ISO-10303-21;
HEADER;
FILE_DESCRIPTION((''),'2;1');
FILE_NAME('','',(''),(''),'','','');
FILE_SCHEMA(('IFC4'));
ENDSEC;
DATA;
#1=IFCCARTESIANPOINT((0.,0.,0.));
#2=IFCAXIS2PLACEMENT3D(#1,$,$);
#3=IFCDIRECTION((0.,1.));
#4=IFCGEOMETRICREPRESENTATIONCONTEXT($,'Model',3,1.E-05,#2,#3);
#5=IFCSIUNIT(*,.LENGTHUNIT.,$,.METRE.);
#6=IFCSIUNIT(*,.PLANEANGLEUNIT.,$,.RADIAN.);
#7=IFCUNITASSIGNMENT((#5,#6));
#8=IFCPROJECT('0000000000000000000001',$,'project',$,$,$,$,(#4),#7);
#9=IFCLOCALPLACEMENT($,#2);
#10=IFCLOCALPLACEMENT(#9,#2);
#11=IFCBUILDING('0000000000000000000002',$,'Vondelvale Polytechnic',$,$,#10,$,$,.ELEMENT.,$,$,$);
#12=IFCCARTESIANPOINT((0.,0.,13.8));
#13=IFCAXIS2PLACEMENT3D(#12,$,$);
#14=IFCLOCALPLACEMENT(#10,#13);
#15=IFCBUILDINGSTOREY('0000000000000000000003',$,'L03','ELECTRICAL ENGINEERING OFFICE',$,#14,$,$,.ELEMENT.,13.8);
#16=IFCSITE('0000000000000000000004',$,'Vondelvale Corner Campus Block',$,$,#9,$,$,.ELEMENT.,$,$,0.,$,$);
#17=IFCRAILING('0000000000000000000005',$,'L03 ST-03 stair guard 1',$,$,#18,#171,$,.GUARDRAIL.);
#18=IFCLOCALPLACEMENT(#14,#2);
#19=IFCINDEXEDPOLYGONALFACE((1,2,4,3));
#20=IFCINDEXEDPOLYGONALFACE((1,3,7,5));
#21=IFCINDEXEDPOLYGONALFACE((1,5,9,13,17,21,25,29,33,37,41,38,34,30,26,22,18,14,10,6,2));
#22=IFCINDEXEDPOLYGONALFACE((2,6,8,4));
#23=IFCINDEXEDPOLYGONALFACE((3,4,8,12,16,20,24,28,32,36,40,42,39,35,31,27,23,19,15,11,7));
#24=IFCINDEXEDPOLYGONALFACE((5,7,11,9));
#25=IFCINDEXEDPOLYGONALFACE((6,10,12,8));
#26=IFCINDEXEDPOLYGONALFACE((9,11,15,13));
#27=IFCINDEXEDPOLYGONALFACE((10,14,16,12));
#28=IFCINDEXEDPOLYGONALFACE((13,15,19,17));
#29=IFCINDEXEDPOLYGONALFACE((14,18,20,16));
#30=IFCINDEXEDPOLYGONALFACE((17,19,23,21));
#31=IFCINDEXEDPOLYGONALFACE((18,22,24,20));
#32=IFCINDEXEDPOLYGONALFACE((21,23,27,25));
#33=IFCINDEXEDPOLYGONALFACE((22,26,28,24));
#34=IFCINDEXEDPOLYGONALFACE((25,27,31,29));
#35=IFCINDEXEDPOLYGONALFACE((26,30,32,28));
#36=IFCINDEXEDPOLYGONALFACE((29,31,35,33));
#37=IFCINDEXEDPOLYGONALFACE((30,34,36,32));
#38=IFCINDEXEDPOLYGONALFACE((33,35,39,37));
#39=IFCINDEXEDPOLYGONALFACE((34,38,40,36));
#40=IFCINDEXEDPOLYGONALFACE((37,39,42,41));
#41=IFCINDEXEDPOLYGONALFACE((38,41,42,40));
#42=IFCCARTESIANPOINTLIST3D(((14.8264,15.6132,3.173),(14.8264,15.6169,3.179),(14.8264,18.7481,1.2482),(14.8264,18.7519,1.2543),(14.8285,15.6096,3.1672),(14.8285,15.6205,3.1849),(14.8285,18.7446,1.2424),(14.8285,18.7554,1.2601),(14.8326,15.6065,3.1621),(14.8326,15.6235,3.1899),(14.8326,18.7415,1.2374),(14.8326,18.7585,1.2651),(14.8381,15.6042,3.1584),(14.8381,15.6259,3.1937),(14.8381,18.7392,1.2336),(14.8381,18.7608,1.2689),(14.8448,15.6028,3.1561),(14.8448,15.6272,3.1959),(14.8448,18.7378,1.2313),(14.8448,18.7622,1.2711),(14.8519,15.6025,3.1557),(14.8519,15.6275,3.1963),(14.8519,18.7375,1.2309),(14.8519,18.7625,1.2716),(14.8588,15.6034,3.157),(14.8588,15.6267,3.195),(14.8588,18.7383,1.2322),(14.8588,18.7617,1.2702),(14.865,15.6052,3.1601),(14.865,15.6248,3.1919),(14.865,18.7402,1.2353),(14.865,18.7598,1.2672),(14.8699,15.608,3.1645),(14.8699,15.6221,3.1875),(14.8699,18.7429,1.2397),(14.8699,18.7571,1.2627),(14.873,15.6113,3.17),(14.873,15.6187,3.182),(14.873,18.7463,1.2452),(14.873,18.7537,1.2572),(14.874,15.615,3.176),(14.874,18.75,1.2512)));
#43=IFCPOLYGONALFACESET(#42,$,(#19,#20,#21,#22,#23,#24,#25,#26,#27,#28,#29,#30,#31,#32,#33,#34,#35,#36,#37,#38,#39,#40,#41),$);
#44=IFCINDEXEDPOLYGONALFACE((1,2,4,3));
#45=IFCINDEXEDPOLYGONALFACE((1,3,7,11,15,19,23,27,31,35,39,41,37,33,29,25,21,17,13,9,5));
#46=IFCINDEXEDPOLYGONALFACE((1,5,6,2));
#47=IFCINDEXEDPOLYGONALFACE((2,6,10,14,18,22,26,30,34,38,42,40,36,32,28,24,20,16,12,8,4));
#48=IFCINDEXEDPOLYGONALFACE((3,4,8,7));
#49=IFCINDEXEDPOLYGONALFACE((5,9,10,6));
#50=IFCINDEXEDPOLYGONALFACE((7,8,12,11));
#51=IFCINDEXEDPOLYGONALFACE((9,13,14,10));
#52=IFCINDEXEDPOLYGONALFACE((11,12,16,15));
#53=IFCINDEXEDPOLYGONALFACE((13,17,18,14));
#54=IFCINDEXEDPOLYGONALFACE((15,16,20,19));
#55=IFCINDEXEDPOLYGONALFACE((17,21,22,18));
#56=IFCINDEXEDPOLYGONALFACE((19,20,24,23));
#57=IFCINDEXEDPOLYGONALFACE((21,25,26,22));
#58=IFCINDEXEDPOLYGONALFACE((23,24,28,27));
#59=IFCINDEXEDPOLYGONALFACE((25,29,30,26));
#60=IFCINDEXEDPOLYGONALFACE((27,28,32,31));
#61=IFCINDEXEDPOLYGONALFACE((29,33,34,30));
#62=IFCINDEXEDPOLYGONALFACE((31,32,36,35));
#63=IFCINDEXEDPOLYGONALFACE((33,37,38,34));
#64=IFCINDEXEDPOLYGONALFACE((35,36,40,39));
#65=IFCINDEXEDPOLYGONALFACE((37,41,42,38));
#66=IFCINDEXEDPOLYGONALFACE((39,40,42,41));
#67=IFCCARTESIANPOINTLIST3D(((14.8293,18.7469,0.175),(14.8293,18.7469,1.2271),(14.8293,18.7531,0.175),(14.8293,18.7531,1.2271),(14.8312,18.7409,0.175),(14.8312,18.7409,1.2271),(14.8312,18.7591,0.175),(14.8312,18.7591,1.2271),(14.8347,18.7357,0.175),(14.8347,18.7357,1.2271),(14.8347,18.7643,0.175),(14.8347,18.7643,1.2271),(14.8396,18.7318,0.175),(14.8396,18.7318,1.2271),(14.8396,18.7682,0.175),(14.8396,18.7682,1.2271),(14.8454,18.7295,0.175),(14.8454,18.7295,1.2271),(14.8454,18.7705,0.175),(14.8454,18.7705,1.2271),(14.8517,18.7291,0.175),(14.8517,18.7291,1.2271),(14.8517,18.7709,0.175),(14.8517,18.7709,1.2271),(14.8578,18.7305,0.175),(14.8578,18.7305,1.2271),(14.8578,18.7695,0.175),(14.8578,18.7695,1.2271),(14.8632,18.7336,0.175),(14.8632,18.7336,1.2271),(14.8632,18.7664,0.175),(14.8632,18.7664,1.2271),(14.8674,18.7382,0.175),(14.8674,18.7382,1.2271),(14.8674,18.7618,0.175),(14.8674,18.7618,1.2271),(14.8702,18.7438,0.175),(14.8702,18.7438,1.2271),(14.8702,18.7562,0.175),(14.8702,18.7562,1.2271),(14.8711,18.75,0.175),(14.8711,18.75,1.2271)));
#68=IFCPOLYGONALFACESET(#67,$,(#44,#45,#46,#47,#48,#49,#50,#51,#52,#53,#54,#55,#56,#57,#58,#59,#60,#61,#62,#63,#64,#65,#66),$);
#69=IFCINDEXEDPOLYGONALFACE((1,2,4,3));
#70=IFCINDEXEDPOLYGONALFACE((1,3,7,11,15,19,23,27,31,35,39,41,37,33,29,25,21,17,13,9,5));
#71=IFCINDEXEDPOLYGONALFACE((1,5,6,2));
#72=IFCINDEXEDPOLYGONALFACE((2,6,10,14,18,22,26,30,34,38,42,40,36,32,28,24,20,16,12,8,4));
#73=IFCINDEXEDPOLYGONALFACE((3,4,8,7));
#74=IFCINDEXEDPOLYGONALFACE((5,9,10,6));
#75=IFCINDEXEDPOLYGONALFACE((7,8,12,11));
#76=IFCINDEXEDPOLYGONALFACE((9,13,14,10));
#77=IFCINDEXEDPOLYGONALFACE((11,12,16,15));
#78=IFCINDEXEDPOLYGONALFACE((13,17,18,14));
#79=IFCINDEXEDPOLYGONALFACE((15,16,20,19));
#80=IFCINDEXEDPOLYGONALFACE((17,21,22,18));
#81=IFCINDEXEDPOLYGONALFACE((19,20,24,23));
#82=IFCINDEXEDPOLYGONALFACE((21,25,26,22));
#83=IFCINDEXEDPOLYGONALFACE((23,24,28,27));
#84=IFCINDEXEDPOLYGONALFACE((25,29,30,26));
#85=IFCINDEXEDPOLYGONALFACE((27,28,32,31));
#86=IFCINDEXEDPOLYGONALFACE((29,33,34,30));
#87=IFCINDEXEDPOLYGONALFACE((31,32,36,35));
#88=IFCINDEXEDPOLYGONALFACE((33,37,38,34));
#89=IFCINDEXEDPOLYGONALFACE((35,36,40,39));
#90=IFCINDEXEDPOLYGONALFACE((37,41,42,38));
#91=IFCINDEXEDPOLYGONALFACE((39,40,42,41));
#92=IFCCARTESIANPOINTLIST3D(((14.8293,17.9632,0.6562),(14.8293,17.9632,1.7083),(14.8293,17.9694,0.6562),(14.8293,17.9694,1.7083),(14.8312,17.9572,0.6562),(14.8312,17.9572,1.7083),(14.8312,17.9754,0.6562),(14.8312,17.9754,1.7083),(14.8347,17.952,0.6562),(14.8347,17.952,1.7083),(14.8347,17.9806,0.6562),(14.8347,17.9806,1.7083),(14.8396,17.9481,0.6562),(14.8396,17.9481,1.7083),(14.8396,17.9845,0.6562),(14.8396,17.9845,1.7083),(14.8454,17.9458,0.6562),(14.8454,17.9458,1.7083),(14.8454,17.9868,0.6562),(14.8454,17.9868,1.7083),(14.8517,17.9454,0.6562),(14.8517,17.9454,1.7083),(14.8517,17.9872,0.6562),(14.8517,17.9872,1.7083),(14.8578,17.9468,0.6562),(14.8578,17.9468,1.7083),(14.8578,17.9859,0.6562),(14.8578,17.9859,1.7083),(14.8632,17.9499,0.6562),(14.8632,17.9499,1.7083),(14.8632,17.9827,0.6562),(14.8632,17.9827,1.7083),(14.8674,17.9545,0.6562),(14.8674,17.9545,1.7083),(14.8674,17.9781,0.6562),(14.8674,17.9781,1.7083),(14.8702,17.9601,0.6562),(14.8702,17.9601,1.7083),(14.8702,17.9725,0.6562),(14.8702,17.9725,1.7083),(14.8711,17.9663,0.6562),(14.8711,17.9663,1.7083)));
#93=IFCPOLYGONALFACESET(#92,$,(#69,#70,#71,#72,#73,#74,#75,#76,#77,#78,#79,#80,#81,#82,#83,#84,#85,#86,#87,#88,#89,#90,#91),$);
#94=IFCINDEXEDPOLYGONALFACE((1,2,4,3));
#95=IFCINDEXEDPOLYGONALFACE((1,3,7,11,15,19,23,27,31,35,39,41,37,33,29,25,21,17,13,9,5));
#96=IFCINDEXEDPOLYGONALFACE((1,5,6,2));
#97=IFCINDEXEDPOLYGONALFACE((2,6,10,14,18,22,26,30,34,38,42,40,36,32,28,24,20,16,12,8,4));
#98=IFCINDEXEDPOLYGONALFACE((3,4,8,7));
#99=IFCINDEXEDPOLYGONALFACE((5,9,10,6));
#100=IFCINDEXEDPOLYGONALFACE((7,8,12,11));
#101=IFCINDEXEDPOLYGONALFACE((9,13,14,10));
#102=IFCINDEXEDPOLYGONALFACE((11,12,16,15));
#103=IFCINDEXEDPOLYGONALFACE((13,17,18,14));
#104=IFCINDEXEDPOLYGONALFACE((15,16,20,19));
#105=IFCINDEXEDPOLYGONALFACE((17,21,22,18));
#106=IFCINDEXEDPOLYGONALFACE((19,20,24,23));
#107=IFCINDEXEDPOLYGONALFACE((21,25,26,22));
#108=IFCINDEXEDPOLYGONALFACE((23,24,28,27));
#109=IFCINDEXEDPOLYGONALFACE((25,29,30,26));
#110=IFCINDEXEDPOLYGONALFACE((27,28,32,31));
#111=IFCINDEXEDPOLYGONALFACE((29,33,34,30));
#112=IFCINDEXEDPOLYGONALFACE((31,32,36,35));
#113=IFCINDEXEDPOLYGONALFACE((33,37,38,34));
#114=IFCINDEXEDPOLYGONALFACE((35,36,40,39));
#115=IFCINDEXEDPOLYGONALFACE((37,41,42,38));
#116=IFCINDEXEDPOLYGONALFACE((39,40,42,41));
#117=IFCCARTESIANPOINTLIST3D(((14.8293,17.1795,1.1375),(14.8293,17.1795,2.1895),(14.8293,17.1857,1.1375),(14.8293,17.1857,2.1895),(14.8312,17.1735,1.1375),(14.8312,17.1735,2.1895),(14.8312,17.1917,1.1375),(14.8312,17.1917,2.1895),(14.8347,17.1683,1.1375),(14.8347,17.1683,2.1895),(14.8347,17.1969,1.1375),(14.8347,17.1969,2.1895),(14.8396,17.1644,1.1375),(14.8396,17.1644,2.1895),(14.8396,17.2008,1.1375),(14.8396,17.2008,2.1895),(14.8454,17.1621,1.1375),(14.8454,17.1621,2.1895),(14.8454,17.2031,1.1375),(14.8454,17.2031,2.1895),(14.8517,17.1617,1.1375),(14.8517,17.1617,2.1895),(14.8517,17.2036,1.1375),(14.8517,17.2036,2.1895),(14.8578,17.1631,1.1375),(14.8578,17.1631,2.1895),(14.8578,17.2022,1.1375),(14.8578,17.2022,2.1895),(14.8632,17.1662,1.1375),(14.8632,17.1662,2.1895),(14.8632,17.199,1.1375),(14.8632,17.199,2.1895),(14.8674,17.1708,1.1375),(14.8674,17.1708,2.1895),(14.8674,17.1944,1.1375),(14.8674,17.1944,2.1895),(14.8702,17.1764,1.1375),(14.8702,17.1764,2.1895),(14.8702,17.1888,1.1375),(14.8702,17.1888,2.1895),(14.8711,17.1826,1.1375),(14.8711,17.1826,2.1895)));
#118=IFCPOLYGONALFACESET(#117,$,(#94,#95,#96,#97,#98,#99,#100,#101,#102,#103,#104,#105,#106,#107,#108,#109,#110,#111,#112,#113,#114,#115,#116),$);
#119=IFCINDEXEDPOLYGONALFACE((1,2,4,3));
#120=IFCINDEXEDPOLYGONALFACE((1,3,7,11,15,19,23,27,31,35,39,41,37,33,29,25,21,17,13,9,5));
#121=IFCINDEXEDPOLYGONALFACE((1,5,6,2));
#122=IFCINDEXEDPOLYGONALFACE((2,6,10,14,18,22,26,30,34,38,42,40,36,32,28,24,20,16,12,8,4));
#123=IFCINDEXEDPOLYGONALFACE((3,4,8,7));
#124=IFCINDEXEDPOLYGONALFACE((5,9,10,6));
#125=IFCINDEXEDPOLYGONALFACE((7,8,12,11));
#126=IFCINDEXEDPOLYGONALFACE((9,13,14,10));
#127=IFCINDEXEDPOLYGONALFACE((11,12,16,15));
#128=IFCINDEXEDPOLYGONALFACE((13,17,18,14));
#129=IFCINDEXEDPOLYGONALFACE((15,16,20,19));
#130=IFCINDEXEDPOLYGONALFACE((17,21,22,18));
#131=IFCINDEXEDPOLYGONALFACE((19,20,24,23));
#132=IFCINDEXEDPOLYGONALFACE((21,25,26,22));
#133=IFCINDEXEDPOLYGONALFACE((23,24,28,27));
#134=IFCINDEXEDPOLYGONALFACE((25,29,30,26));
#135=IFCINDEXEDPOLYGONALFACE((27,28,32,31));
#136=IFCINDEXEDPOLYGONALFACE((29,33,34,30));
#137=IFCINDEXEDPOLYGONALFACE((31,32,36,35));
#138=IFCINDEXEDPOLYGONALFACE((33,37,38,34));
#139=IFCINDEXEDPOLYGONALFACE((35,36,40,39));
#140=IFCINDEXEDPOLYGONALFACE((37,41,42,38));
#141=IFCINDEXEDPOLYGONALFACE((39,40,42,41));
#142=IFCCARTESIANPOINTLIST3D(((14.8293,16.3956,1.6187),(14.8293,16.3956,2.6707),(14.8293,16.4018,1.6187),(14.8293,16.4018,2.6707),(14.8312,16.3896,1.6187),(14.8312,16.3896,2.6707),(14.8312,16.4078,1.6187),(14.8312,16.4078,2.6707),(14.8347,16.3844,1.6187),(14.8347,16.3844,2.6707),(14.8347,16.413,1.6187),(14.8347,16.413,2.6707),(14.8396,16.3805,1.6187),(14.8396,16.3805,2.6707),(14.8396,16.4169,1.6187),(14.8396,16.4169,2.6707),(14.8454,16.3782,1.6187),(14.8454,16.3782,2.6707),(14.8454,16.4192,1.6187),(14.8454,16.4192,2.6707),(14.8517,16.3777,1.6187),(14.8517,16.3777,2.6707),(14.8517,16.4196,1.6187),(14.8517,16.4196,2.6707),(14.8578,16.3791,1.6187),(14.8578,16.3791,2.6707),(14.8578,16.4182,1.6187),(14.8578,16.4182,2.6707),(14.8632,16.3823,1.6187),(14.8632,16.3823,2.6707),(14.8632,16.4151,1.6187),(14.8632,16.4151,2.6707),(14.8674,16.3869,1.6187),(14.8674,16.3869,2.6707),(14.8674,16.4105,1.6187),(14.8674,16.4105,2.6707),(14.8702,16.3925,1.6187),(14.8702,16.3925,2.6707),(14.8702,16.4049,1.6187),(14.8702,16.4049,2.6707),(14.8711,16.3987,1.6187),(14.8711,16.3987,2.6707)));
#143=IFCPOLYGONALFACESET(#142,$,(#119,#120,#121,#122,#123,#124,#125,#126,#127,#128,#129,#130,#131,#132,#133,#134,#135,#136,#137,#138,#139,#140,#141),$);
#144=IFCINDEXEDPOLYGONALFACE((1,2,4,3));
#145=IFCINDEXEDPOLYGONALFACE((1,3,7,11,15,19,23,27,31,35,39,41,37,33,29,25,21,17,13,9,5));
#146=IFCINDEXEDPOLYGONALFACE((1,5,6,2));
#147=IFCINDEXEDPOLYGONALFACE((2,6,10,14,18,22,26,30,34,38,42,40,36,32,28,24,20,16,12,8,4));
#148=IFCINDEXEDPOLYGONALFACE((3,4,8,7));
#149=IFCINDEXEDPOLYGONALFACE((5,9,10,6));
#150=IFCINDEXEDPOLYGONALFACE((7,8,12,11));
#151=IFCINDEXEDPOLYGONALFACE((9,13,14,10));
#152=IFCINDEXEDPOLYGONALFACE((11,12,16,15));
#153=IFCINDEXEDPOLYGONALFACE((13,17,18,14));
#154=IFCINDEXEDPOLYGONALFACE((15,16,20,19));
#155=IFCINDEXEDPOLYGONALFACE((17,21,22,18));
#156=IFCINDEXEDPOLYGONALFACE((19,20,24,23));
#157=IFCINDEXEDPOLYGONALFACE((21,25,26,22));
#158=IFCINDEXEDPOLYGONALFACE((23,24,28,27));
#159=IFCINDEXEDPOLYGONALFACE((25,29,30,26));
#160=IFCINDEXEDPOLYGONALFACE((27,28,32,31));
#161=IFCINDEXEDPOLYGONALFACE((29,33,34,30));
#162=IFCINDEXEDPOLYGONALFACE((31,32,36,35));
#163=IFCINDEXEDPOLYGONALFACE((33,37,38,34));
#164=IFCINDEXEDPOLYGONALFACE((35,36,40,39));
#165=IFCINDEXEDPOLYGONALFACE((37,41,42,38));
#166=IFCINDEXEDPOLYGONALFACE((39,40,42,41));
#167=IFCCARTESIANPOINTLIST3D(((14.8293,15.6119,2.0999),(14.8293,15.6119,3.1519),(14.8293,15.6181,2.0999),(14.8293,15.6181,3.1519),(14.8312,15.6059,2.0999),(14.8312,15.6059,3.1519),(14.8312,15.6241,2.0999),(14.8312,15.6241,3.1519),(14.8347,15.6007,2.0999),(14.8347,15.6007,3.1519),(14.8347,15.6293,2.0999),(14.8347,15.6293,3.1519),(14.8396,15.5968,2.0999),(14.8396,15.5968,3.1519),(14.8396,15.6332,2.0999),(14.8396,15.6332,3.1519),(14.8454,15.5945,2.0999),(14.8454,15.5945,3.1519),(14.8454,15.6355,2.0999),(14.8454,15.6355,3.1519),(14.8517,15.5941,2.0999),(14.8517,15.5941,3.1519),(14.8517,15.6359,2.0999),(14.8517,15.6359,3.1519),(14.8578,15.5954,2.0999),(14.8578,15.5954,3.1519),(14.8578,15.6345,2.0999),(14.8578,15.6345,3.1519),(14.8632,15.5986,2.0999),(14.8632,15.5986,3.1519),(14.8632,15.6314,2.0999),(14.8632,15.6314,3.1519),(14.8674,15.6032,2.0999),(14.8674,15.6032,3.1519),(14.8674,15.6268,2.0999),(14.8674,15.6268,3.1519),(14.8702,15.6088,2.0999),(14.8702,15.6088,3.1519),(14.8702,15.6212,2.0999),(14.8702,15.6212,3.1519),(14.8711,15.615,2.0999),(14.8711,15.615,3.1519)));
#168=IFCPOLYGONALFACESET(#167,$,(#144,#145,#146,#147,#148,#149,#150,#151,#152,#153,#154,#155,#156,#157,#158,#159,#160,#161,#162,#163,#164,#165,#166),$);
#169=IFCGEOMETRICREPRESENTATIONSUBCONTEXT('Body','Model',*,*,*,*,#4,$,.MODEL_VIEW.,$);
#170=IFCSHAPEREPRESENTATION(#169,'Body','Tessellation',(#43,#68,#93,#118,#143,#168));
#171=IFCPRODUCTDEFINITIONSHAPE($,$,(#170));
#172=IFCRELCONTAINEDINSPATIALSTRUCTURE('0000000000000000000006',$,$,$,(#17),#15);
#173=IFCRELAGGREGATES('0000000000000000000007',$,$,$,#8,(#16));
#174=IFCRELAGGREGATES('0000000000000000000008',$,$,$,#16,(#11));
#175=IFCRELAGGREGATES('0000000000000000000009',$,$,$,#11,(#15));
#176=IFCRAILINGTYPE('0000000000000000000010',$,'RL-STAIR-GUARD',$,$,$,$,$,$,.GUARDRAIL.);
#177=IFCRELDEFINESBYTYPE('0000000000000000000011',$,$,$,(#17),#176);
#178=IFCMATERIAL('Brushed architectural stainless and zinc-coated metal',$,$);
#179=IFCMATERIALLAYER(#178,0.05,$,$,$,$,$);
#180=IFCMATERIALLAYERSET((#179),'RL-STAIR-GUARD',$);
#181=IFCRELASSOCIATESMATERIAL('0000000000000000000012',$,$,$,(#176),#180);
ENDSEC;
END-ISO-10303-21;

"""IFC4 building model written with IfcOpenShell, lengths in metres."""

from ifc_helpers import new_model, si_unit, direction, frame, origin, origin_2d, place, context, subcontext, project, spatial, circle, extrude, material, layer, layer_set, type_object, element, save


model = new_model("IFC4")

# Units and contexts
model_context = context("Model", 3, precision=1e-05, world=origin(), true_north=direction((0.0, 1.0)))
body_context = subcontext(model_context, "Body", "Model", "MODEL_VIEW")
ifc_project = project(units=[si_unit("LENGTHUNIT", "METRE"), si_unit("PLANEANGLEUNIT", "RADIAN")], contexts=[model_context])

# Site, building, storey
site_placement = place(None, origin())
site = spatial("IfcSite", under=ifc_project, at=site_placement, Name="Vondelvale Corner Campus Block", CompositionType="ELEMENT", RefElevation=0.0)
building_placement = place(site_placement, origin())
building = spatial("IfcBuilding", under=site, at=building_placement, Name="Vondelvale Polytechnic", CompositionType="ELEMENT")
storey_placement = place(building_placement, frame((0.0, 0.0, 13.8)))
storey = spatial("IfcBuildingStorey", under=building, at=storey_placement, Name="L03", Description="ELECTRICAL ENGINEERING OFFICE", CompositionType="ELEMENT", Elevation=13.8)

# Shared definitions
ifc_material_1 = material(Name="Brushed architectural stainless and zinc-coated metal")

# Railing
ifc_layer_1 = layer(ifc_material_1, 0.05)
ifc_layer_set_1 = layer_set([ifc_layer_1], Name="RL-STAIR-GUARD")
railing_type_1 = type_object("IfcRailingType", Name="RL-STAIR-GUARD", PredefinedType="GUARDRAIL", material=ifc_layer_set_1)
railing_1_placement = place(storey_placement, frame((14.8501, 18.75, 0.175)))
element("IfcRailing", 1, at=railing_1_placement, inside=storey, type_object=railing_type_1, Name="L03 ST-03 stair guard 1", PredefinedType="GUARDRAIL", context=body_context, shape_type="SweptSolid", body=[
    extrude(circle(Radius=0.0239, at=origin_2d()), frame((0.0, 0.0, 1.0762), z_axis=(0.0, -0.852196, 0.523223), x_axis=(1.0, 0.0, 0.0)), (0.0, 0.0, 1.0), 3.6787),
    extrude(circle(Radius=0.021, at=origin_2d()), origin(), (0.0, 0.0, 1.0), 1.052),
    extrude(circle(Radius=0.021, at=origin_2d()), frame((0.0, -0.7837, 0.4812)), (0.0, 0.0, 1.0), 1.052),
    extrude(circle(Radius=0.021, at=origin_2d()), frame((0.0, -1.5674, 0.9624)), (0.0, 0.0, 1.0), 1.052),
    extrude(circle(Radius=0.021, at=origin_2d()), frame((0.0, -2.3513, 1.4436)), (0.0, 0.0, 1.0), 1.052),
    extrude(circle(Radius=0.021, at=origin_2d()), frame((0.0, -3.135, 1.9248)), (0.0, 0.0, 1.0), 1.052),
])

save(model, "model.ifc")
